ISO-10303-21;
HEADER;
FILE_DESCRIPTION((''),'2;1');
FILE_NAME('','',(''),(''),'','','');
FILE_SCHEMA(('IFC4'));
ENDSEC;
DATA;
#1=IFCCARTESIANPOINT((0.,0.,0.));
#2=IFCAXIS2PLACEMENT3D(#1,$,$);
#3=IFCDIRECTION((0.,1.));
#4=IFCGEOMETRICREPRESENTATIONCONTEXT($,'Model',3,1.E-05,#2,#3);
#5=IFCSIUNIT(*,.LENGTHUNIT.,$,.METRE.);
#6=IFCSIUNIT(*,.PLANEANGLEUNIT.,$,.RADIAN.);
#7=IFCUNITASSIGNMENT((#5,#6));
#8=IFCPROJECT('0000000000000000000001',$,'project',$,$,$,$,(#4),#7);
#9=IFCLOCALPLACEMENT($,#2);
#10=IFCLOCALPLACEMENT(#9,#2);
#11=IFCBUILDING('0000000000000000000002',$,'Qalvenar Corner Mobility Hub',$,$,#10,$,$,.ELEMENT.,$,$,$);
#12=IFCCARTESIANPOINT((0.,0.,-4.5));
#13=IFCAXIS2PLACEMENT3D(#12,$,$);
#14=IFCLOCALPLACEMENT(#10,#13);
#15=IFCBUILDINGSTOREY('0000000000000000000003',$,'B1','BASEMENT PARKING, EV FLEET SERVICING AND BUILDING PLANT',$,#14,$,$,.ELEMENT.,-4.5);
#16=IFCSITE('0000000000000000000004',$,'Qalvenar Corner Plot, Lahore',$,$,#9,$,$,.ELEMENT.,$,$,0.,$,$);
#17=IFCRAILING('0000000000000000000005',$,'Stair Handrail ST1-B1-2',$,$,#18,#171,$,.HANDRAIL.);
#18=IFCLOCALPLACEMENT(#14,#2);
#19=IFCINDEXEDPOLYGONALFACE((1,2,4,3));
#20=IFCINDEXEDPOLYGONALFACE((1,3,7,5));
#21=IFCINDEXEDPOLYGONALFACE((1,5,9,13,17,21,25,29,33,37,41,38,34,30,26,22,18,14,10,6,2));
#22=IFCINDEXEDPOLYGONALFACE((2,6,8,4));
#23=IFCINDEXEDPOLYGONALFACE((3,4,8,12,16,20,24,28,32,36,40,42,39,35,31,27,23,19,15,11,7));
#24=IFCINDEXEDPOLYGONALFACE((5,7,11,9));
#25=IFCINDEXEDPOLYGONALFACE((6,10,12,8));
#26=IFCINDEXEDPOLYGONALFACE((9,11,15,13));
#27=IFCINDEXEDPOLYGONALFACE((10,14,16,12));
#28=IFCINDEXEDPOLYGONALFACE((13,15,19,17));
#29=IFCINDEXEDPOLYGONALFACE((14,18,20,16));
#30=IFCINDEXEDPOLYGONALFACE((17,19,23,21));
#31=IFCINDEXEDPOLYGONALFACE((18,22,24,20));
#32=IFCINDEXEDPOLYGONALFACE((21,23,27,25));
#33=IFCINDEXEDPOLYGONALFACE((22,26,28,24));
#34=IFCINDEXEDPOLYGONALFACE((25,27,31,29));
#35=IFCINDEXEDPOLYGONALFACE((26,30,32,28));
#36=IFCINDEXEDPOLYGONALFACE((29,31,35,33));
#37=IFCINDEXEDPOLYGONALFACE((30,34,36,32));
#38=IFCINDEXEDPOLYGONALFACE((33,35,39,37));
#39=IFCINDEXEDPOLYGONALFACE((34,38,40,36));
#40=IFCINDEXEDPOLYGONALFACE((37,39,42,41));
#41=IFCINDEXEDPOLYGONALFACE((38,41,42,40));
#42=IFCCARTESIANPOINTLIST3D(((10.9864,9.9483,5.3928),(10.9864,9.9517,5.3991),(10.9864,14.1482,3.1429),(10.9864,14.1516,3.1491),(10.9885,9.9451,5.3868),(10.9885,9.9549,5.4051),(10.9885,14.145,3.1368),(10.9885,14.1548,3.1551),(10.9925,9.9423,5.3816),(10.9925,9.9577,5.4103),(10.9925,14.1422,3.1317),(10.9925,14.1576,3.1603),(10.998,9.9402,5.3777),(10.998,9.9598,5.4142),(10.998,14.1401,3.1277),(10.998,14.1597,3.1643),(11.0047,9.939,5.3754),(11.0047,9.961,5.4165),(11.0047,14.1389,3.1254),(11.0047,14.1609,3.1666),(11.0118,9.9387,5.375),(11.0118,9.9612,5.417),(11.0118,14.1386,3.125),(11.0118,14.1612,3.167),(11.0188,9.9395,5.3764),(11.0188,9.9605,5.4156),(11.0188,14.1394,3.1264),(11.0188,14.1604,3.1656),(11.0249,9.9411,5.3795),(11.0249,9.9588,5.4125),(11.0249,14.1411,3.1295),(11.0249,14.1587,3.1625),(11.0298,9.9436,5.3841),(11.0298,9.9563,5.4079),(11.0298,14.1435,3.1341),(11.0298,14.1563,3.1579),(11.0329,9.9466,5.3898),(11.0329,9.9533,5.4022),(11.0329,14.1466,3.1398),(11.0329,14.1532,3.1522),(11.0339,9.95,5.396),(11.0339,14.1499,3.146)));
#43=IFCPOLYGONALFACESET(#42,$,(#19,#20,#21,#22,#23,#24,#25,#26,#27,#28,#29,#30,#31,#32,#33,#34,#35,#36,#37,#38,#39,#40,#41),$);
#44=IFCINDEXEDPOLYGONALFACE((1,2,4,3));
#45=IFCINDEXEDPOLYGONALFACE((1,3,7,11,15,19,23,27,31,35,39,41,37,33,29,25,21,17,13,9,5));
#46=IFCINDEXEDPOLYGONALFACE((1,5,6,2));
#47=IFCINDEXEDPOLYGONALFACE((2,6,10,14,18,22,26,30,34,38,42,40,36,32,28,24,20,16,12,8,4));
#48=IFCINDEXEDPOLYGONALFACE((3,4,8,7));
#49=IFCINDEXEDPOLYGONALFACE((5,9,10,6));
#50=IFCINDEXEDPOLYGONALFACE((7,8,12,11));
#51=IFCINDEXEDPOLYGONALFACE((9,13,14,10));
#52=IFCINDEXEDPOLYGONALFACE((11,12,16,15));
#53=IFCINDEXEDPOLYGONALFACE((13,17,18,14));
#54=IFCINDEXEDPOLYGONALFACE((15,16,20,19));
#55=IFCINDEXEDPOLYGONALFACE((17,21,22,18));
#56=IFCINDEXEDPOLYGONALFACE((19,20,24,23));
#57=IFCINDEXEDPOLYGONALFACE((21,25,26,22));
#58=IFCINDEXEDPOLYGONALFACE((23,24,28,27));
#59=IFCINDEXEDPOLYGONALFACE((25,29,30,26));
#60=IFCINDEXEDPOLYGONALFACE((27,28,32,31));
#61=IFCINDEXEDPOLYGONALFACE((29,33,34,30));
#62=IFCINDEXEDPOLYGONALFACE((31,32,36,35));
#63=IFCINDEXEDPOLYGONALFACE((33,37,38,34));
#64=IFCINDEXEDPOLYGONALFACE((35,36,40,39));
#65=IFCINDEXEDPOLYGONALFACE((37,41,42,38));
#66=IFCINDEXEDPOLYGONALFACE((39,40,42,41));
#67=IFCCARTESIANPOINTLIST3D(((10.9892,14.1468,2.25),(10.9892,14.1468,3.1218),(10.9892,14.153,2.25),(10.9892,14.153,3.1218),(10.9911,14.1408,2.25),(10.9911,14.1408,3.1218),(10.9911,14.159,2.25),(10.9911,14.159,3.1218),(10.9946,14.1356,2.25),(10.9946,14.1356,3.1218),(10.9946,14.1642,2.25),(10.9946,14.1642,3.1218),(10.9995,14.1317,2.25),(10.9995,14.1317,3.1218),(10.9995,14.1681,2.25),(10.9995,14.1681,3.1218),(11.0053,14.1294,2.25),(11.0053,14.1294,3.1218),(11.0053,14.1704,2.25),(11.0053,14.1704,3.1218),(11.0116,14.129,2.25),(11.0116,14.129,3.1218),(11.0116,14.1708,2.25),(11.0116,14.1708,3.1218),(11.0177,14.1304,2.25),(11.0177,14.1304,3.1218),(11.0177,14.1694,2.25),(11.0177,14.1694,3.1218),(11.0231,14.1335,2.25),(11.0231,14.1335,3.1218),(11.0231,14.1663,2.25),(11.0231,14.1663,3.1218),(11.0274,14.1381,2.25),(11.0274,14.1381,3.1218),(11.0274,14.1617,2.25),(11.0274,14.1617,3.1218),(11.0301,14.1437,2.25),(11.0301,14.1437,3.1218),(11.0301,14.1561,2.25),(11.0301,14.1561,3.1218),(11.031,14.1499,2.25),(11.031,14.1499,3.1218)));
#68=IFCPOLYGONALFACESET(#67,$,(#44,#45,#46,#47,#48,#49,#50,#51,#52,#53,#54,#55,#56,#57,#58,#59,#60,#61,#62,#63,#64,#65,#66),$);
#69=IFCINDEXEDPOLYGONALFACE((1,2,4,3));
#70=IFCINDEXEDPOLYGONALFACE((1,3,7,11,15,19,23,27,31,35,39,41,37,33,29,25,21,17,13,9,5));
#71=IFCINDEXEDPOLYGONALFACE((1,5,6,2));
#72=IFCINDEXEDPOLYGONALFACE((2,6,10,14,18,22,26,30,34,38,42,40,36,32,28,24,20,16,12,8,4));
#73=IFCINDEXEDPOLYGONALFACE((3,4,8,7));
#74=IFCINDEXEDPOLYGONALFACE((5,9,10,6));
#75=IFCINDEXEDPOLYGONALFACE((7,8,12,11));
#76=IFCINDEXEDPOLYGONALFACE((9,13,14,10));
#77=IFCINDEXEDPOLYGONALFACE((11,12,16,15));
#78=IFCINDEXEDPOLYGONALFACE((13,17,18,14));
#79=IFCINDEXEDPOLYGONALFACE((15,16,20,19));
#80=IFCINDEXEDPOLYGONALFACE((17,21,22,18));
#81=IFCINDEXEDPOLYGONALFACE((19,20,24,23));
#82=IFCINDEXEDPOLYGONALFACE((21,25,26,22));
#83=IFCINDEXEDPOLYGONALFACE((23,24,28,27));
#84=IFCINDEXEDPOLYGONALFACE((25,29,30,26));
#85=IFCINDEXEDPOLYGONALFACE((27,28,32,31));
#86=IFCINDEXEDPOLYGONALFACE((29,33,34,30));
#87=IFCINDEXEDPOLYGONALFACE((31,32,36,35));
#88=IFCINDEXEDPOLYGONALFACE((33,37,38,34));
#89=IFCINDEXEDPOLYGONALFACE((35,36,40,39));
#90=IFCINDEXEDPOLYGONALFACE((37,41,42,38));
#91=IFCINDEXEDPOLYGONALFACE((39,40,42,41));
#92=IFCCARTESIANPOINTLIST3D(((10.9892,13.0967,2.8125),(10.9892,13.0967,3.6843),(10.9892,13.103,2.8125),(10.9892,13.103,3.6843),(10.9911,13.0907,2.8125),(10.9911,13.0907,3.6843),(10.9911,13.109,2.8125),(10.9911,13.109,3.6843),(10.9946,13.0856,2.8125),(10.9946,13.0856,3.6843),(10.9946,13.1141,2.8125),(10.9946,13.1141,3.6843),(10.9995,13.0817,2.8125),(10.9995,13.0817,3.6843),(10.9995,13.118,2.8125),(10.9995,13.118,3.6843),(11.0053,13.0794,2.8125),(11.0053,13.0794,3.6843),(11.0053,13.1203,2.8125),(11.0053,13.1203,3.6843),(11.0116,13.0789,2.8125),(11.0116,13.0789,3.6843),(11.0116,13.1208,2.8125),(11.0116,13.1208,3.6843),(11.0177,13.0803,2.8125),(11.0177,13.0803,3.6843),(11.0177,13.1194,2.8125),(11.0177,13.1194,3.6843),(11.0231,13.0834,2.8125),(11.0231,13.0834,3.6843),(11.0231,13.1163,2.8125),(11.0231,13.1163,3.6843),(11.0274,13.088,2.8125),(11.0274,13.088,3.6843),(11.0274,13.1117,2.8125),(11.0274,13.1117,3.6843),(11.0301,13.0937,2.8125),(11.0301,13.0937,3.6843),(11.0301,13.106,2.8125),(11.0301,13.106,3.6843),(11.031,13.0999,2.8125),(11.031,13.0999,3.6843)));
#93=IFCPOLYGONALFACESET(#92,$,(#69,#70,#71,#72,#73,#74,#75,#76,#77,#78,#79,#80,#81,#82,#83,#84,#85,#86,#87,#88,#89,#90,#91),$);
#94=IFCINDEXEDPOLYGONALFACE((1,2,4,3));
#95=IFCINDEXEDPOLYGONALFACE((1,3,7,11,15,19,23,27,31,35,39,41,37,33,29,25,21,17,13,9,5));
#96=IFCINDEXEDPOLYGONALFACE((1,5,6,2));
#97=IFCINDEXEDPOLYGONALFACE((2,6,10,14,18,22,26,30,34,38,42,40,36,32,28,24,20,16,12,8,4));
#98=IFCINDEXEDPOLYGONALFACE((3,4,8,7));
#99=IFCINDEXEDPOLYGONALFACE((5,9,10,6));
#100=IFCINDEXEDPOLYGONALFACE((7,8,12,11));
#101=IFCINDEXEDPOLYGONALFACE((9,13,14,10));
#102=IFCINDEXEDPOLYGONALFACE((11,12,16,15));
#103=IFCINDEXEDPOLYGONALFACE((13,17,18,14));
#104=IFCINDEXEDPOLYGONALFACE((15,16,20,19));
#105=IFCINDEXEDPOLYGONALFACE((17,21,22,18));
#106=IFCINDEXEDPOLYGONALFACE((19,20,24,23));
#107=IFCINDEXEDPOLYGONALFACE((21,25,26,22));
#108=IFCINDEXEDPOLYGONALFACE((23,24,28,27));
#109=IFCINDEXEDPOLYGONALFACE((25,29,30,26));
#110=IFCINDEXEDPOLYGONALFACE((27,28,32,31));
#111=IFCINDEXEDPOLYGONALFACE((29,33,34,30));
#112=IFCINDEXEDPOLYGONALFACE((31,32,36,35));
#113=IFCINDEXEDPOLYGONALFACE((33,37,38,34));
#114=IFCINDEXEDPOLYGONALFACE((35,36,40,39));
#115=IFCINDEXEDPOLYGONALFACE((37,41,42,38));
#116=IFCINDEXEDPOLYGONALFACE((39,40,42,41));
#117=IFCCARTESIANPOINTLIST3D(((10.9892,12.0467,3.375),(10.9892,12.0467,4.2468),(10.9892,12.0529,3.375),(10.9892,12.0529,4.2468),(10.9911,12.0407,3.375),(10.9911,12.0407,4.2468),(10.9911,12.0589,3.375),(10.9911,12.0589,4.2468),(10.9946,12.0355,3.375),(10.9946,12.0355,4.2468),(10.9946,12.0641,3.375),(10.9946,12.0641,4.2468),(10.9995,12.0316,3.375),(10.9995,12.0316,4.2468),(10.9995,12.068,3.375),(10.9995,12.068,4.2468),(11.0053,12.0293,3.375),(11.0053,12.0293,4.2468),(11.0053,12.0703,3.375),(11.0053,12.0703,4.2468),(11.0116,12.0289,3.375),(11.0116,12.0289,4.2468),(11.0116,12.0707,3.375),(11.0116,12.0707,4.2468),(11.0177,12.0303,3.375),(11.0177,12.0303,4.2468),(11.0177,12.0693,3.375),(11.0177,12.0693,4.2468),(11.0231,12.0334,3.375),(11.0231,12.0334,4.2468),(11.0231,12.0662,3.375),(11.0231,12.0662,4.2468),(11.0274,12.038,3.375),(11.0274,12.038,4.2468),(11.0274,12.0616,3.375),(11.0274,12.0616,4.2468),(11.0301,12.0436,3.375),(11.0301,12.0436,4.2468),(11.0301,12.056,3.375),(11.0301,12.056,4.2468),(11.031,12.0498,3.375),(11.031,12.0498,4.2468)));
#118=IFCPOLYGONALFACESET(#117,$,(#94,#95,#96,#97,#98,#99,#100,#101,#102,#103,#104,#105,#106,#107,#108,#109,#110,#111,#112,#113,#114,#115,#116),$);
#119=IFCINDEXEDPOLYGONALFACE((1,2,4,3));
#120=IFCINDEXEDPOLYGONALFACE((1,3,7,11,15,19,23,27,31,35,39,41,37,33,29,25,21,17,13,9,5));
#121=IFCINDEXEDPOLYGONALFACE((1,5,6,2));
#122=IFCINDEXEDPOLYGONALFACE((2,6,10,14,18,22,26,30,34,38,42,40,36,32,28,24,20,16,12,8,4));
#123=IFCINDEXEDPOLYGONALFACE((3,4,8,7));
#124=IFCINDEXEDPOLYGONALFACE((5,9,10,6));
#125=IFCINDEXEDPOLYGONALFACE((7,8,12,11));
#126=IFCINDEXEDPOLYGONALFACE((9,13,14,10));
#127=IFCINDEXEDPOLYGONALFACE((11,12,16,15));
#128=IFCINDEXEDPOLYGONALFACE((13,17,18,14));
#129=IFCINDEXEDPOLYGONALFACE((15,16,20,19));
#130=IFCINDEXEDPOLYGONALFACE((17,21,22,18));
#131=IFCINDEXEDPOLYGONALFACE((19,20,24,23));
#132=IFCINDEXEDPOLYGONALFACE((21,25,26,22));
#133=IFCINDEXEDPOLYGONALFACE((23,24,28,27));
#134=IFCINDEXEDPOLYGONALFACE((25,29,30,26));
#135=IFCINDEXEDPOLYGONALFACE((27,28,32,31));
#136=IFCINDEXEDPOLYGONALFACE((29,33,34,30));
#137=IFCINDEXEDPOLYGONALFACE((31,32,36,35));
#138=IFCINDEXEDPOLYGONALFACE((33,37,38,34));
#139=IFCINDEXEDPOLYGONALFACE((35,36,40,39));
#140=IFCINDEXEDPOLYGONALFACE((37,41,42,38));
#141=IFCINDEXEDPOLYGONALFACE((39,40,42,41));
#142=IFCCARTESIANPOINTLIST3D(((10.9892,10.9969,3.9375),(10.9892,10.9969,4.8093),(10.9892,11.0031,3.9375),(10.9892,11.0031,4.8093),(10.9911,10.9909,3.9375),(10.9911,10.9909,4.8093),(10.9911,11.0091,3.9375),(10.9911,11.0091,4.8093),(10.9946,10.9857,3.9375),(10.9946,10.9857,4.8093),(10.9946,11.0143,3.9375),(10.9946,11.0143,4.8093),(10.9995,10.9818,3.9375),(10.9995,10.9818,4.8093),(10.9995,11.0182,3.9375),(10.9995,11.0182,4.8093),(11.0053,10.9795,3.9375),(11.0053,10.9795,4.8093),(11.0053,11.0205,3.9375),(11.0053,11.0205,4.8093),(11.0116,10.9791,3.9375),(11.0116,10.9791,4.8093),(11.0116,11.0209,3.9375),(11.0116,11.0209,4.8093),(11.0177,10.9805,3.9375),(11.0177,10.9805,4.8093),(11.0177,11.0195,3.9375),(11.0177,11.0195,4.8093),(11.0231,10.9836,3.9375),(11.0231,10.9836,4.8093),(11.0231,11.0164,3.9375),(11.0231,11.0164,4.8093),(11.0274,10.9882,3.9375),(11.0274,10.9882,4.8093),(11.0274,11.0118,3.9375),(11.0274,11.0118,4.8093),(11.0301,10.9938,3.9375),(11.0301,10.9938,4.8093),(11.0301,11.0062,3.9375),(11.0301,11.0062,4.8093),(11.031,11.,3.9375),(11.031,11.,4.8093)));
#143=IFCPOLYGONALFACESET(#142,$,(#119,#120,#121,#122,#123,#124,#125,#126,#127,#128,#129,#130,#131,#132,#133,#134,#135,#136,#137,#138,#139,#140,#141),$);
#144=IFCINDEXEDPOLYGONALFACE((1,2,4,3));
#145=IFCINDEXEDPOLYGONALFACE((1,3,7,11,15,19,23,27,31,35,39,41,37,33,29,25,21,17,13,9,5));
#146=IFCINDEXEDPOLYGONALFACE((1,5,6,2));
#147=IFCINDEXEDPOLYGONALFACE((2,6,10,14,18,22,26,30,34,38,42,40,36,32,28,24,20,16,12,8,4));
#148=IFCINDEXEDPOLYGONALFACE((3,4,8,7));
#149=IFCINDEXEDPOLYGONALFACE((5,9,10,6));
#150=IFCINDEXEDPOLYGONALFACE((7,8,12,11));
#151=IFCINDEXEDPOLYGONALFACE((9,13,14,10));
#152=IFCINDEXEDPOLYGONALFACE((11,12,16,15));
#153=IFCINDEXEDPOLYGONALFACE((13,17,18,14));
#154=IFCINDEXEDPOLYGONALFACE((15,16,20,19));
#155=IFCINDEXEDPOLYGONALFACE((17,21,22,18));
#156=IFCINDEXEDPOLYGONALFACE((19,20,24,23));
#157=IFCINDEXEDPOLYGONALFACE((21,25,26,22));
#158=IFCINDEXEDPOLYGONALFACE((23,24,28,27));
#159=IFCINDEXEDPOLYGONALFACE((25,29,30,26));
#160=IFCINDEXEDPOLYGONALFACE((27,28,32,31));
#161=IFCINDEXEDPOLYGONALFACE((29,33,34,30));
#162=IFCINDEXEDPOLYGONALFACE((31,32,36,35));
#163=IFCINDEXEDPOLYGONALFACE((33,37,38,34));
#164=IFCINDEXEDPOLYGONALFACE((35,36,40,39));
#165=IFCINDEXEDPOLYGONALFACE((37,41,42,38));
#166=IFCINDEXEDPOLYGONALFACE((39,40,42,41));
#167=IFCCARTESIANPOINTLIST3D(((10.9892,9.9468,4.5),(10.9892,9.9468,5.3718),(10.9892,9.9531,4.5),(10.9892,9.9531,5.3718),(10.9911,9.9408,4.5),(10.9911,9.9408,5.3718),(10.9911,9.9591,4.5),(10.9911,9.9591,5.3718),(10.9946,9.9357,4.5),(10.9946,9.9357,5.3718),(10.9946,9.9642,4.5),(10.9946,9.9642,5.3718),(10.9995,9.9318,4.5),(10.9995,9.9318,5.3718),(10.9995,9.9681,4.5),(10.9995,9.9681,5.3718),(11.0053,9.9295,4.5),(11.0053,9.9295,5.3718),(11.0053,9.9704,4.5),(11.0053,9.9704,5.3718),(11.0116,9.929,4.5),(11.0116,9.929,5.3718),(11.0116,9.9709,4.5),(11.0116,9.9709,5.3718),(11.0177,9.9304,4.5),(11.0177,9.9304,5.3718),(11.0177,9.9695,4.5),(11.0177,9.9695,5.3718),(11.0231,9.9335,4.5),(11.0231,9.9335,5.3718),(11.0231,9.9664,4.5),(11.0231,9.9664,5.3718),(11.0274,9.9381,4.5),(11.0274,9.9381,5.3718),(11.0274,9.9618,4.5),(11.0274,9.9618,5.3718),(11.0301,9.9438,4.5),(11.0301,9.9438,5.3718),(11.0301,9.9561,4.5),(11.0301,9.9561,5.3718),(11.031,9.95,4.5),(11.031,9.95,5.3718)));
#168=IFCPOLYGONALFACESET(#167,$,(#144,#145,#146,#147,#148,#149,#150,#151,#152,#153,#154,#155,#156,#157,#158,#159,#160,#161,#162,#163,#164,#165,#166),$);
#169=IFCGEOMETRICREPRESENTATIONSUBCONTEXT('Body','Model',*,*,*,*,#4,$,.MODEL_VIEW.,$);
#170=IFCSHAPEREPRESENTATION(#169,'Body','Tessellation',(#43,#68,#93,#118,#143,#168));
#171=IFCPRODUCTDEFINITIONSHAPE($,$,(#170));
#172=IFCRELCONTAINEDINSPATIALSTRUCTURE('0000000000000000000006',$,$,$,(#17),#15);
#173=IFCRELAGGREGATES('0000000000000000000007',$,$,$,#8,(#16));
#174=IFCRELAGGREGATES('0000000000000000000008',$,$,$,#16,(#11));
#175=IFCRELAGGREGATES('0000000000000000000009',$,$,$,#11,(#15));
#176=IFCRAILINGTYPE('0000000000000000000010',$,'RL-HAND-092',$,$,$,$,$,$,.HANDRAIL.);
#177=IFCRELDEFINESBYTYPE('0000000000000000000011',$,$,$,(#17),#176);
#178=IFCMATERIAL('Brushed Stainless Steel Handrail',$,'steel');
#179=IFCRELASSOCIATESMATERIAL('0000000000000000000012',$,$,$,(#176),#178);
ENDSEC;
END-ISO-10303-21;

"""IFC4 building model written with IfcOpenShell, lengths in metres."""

from ifc_helpers import new_model, si_unit, direction, frame, origin, origin_2d, place, context, subcontext, project, spatial, circle, extrude, material, type_object, element, save


model = new_model("IFC4")

# Units and contexts
model_context = context("Model", 3, precision=1e-05, world=origin(), true_north=direction((0.0, 1.0)))
body_context = subcontext(model_context, "Body", "Model", "MODEL_VIEW")
ifc_project = project(units=[si_unit("LENGTHUNIT", "METRE"), si_unit("PLANEANGLEUNIT", "RADIAN")], contexts=[model_context])

# Site, building, storey
site_placement = place(None, origin())
site = spatial("IfcSite", under=ifc_project, at=site_placement, Name="Qalvenar Corner Plot, Lahore", CompositionType="ELEMENT", RefElevation=0.0)
building_placement = place(site_placement, origin())
building = spatial("IfcBuilding", under=site, at=building_placement, Name="Qalvenar Corner Mobility Hub", CompositionType="ELEMENT")
storey_placement = place(building_placement, frame((0.0, 0.0, -4.5)))
storey = spatial("IfcBuildingStorey", under=building, at=storey_placement, Name="B1", Description="BASEMENT PARKING, EV FLEET SERVICING AND BUILDING PLANT", CompositionType="ELEMENT", Elevation=-4.5)

# Railing
ifc_material_1 = material(Name="Brushed Stainless Steel Handrail", Category="steel")
railing_type_1 = type_object("IfcRailingType", Name="RL-HAND-092", PredefinedType="HANDRAIL", material=ifc_material_1)
railing_1_placement = place(storey_placement, frame((11.01, 14.1499, 2.25)))
element("IfcRailing", 1, at=railing_1_placement, inside=storey, type_object=railing_type_1, Name="Stair Handrail ST1-B1-2", PredefinedType="HANDRAIL", context=body_context, shape_type="SweptSolid", body=[
    extrude(circle(Radius=0.0239, at=origin_2d()), frame((0.0, 0.0, 0.896), z_axis=(0.0, -0.881478, 0.472226), x_axis=(1.0, 0.0, 0.0)), (0.0, 0.0, 1.0), 4.7646),
    extrude(circle(Radius=0.021, at=origin_2d()), origin(), (0.0, 0.0, 1.0), 0.8718),
    extrude(circle(Radius=0.021, at=origin_2d()), frame((0.0, -1.05, 0.5625)), (0.0, 0.0, 1.0), 0.8718),
    extrude(circle(Radius=0.021, at=origin_2d()), frame((0.0, -2.1001, 1.125)), (0.0, 0.0, 1.0), 0.8718),
    extrude(circle(Radius=0.021, at=origin_2d()), frame((0.0, -3.1499, 1.6875)), (0.0, 0.0, 1.0), 0.8718),
    extrude(circle(Radius=0.021, at=origin_2d()), frame((0.0, -4.2, 2.25)), (0.0, 0.0, 1.0), 0.8718),
])

save(model, "model.ifc")
